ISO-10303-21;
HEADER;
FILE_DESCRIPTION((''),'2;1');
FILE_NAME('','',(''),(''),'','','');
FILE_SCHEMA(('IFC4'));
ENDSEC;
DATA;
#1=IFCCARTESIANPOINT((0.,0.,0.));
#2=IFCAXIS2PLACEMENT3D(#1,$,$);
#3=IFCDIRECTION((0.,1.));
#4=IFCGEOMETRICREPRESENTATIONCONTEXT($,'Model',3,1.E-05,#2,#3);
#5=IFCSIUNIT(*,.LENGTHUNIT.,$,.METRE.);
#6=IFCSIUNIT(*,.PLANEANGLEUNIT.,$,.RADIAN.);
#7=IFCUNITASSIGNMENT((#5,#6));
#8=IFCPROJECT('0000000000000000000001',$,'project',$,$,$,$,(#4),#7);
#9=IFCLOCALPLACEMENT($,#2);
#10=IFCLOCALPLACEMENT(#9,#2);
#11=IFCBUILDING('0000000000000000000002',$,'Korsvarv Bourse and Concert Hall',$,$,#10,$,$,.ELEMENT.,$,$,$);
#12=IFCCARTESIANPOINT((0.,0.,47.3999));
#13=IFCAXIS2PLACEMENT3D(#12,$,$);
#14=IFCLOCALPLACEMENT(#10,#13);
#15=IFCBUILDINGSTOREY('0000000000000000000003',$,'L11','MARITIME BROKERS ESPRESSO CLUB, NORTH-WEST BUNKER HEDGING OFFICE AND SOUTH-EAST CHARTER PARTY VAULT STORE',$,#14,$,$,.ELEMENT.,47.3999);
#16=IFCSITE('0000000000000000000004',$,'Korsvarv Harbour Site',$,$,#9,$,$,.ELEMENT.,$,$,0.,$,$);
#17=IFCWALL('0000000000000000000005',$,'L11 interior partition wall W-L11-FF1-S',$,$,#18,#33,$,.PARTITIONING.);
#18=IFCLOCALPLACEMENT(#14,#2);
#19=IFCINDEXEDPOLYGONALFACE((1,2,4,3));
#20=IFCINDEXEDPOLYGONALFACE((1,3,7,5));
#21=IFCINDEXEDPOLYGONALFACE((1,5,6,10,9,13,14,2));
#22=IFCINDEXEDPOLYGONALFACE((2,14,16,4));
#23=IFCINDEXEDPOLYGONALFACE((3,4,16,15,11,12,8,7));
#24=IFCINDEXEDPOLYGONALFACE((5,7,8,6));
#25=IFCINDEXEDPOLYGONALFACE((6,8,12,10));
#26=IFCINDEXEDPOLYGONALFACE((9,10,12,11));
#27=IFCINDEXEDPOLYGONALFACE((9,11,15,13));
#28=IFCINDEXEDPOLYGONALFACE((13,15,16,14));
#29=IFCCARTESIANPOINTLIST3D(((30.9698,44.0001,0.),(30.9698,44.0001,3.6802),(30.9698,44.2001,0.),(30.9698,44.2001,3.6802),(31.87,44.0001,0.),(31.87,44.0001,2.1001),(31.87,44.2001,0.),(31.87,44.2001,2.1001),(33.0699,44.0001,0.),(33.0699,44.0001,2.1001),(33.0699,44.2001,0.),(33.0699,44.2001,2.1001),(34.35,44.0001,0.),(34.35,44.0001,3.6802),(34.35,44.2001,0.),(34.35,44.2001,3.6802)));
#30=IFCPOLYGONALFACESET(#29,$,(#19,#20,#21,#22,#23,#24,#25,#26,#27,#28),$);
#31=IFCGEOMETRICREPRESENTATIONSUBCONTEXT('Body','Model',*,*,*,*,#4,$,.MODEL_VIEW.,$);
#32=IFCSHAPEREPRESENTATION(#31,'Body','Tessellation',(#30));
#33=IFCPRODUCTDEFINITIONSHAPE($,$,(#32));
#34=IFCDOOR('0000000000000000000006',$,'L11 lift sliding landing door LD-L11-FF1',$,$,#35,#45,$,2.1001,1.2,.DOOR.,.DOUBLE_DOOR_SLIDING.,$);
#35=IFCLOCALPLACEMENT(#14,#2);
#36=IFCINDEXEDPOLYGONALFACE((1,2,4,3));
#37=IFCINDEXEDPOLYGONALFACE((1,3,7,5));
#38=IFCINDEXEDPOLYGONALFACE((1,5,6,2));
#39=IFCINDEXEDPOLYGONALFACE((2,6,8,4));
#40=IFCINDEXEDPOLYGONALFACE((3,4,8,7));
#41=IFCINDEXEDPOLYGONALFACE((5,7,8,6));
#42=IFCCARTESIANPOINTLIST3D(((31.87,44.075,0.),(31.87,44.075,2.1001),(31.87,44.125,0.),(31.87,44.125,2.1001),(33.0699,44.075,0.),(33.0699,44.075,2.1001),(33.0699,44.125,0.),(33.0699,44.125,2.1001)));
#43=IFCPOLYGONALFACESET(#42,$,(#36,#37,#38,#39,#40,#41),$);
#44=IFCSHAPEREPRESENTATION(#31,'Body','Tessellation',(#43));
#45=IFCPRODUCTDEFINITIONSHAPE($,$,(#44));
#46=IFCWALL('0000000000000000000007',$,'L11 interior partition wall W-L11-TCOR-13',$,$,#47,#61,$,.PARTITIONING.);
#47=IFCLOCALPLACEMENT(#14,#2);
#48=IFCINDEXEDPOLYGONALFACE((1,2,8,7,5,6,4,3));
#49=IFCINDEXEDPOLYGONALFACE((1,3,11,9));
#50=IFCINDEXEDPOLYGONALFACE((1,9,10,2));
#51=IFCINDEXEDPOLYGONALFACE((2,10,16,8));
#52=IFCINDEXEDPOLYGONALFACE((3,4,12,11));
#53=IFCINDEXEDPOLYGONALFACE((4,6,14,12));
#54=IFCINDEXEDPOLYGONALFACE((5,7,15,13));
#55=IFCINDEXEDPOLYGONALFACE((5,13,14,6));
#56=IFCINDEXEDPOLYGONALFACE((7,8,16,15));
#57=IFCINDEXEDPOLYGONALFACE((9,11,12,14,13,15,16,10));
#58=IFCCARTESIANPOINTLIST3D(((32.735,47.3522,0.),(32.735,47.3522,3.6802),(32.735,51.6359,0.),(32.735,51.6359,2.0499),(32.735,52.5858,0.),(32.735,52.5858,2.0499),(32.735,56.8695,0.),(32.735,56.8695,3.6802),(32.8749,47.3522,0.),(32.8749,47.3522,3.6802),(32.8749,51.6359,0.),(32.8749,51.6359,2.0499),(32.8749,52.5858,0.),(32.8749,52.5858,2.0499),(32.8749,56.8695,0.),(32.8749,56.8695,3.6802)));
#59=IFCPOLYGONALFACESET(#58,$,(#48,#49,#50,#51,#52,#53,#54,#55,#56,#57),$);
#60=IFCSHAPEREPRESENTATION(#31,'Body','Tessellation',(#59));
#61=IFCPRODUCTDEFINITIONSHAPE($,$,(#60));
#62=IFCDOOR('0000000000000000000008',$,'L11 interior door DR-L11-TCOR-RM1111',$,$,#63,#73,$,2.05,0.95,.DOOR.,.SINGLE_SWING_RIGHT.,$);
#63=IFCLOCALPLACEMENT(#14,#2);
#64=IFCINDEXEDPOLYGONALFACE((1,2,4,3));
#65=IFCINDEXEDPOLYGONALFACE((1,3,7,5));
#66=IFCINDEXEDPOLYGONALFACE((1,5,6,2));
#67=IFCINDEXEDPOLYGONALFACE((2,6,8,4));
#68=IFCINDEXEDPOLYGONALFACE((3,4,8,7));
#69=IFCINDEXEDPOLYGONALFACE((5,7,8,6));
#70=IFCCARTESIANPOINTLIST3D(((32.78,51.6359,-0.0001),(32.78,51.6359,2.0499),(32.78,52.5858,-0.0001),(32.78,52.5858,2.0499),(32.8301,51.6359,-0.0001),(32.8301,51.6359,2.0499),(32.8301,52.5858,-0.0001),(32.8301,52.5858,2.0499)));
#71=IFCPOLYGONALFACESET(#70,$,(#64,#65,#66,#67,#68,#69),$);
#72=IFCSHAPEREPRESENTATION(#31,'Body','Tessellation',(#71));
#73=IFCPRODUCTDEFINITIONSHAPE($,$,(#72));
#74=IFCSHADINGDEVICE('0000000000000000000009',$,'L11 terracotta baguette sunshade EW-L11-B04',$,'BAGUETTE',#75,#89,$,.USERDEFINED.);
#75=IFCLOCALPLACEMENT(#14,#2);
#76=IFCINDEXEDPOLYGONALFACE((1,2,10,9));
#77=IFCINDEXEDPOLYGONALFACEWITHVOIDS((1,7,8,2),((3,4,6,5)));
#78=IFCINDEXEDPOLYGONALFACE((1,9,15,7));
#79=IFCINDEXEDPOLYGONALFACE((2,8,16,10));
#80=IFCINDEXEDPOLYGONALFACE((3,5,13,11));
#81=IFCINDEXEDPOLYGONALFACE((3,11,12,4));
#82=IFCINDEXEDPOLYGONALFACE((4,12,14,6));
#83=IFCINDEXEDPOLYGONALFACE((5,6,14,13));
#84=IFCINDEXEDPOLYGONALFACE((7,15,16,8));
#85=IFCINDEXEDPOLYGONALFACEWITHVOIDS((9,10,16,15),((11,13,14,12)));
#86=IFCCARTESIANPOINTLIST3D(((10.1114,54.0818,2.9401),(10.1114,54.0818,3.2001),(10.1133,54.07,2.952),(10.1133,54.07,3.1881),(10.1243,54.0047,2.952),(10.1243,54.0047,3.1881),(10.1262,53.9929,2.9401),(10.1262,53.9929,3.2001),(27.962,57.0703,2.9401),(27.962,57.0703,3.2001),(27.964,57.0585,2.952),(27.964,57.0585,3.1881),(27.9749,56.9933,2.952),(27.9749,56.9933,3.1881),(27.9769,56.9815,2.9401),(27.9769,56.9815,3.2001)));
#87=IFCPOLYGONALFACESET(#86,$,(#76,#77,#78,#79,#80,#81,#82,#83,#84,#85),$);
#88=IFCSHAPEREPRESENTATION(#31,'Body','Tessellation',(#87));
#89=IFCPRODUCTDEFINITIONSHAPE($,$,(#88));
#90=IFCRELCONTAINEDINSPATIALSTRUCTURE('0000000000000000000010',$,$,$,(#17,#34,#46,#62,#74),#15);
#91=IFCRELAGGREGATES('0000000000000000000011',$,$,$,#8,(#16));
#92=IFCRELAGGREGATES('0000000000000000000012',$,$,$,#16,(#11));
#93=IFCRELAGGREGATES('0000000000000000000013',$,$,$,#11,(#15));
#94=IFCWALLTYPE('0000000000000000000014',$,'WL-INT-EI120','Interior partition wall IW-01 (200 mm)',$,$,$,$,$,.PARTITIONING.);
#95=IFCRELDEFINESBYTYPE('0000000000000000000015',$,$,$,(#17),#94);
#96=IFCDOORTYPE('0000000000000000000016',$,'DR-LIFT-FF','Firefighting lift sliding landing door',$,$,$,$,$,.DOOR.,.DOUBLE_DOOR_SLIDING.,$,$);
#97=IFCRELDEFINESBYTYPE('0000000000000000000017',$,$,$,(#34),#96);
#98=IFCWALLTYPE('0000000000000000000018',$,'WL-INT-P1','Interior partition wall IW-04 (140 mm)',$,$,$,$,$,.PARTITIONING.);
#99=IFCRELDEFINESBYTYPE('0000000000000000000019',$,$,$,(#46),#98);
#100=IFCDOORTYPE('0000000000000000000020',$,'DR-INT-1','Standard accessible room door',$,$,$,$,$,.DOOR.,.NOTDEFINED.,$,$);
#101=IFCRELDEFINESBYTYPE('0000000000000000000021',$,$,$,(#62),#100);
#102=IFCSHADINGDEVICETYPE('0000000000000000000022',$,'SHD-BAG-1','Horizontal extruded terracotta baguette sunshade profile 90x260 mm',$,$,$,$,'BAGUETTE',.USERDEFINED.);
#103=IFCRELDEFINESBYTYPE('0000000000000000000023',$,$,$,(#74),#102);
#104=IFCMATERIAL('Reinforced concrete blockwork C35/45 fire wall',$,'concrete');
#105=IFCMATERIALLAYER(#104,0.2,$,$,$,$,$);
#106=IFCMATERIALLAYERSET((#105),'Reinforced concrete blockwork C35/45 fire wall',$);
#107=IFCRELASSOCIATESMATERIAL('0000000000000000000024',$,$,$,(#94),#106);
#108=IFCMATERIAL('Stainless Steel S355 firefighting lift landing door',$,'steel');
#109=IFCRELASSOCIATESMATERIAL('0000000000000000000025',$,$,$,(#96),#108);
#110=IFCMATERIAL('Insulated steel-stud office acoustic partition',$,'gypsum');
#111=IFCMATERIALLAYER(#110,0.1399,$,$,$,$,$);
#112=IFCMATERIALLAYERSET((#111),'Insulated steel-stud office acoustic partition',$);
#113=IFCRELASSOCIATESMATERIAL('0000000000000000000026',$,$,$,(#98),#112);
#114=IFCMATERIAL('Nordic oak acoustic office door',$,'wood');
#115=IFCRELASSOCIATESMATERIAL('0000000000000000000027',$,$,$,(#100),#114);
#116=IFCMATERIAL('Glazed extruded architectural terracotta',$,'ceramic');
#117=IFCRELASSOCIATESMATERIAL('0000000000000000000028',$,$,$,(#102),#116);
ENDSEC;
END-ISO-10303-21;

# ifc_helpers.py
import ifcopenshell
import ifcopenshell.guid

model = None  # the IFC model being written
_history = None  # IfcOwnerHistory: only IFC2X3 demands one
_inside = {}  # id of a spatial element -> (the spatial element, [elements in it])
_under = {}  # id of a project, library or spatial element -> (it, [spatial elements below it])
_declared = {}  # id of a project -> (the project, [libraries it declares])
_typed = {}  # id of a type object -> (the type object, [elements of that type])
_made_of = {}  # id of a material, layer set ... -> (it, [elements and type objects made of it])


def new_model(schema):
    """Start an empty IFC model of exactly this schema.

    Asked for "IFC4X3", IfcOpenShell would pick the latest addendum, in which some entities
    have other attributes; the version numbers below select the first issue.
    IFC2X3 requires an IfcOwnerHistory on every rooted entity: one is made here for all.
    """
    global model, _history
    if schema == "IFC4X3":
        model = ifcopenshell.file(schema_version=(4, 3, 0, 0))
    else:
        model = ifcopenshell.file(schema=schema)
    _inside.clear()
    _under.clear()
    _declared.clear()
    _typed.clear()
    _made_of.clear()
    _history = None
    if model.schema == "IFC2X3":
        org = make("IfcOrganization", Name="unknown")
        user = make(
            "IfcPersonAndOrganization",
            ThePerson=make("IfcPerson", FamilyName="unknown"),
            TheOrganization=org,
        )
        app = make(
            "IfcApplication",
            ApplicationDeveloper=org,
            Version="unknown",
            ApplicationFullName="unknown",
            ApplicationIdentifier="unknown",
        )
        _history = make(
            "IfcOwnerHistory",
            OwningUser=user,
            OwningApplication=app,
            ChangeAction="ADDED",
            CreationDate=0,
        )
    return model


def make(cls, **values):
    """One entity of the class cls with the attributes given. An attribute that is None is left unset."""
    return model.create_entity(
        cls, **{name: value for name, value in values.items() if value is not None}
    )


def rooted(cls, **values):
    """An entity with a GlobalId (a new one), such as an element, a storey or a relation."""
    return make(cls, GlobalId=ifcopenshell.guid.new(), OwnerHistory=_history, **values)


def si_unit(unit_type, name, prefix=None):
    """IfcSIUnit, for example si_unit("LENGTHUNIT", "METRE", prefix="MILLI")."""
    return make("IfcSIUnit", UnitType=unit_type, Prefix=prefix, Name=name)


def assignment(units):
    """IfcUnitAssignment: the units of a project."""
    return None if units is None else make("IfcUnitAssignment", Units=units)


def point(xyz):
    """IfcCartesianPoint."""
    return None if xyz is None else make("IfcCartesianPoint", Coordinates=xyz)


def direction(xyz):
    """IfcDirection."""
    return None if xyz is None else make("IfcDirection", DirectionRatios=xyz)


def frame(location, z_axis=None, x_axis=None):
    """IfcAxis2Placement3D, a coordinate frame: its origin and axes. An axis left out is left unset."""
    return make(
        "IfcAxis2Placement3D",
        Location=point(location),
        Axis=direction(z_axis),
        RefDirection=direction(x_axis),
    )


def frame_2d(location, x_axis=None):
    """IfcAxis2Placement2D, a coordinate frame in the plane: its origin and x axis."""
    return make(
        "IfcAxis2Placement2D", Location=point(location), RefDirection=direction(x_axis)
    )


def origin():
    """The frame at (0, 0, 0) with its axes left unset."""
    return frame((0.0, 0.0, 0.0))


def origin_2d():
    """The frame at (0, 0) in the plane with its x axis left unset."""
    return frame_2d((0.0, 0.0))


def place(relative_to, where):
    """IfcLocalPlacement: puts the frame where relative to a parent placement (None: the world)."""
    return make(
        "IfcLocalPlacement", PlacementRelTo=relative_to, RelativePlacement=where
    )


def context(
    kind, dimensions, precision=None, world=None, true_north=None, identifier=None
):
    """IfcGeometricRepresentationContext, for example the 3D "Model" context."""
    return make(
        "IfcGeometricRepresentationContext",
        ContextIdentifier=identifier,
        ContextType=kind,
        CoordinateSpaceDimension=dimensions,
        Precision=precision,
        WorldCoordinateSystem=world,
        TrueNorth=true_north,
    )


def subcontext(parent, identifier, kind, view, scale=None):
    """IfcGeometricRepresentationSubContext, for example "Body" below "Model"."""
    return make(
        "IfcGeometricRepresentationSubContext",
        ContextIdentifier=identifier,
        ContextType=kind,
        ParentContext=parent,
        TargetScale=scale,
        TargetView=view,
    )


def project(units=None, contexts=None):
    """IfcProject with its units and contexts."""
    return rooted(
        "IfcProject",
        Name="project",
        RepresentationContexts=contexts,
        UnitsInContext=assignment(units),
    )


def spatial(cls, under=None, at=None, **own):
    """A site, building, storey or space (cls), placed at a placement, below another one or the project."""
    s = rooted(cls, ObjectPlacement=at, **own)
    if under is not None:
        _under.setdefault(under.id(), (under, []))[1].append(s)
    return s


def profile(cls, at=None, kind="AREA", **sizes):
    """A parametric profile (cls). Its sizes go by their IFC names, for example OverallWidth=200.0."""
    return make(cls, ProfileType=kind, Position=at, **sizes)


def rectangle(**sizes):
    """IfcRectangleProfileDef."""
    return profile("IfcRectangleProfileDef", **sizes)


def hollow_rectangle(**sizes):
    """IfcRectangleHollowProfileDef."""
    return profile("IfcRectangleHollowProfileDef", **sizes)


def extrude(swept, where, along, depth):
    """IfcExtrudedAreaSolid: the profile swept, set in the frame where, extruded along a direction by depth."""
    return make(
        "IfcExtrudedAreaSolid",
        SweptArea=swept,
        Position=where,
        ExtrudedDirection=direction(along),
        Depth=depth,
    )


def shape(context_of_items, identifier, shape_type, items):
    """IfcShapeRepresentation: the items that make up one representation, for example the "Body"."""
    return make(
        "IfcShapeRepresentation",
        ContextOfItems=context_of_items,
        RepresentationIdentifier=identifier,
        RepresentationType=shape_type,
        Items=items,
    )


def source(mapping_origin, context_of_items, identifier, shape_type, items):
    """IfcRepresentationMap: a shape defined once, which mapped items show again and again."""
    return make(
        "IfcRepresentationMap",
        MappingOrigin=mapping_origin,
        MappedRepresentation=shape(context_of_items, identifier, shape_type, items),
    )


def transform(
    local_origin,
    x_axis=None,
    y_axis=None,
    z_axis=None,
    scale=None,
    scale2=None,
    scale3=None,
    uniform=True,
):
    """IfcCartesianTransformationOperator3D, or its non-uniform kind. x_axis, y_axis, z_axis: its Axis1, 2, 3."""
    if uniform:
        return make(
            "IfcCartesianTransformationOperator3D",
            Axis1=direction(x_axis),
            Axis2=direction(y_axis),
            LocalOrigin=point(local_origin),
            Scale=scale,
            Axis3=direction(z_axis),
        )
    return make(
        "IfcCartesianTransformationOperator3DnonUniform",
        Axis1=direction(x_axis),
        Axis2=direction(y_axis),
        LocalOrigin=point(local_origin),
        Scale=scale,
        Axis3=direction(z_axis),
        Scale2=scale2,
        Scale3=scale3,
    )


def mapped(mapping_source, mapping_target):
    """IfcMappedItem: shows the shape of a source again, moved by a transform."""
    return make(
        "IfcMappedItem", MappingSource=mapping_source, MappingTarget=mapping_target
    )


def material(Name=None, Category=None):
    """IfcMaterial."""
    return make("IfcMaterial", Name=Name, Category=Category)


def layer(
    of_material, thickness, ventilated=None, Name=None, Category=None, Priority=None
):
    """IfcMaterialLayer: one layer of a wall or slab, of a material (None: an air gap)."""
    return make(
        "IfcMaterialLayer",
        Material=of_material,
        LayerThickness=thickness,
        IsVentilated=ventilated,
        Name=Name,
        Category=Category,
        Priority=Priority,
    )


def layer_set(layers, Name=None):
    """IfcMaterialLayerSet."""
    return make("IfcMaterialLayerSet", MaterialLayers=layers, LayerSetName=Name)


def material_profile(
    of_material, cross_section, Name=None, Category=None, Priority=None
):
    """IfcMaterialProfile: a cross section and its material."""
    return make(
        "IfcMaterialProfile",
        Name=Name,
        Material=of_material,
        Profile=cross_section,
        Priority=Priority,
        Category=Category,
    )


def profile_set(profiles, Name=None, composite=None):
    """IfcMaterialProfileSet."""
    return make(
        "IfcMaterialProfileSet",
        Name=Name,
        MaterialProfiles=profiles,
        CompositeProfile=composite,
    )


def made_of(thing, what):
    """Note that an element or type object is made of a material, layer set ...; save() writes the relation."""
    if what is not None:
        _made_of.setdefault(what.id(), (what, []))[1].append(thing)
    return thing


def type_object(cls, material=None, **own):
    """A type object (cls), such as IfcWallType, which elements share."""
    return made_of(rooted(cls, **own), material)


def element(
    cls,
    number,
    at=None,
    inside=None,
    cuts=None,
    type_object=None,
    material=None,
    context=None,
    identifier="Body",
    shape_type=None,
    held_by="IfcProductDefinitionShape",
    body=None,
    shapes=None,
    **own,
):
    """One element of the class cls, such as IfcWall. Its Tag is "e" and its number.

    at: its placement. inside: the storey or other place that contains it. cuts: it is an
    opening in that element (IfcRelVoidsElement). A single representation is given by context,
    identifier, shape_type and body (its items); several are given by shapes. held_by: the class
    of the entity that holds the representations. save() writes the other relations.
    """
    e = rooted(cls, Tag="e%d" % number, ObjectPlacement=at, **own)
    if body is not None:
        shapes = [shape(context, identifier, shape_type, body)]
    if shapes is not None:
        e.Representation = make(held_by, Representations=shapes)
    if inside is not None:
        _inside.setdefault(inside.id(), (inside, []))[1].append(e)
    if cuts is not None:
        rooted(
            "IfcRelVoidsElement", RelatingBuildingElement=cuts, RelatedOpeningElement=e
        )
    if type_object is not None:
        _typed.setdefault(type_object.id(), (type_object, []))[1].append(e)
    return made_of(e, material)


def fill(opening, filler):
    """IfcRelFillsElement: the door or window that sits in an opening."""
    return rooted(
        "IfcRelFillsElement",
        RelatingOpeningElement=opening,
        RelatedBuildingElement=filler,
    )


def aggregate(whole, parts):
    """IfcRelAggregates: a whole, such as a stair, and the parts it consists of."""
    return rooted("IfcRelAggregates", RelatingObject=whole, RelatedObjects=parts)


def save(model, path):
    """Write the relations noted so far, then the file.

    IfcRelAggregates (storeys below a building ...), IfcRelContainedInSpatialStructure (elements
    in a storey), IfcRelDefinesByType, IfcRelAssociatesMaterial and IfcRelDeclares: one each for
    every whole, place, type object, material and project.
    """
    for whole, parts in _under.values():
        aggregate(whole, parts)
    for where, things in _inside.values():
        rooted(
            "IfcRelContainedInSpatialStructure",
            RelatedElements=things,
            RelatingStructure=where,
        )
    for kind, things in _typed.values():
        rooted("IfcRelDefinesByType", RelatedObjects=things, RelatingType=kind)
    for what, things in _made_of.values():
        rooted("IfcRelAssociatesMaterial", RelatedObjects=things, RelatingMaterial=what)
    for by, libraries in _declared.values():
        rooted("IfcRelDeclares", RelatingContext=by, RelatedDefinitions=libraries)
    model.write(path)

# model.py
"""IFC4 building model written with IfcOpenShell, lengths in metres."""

from ifc_helpers import new_model, si_unit, direction, frame, frame_2d, origin, origin_2d, place, context, subcontext, project, spatial, rectangle, hollow_rectangle, extrude, source, transform, mapped, material, layer, layer_set, material_profile, profile_set, type_object, element, fill, save


model = new_model("IFC4")

# Units and contexts
model_context = context("Model", 3, precision=1e-05, world=origin(), true_north=direction((0.0, 1.0)))
body_context = subcontext(model_context, "Body", "Model", "MODEL_VIEW")
ifc_project = project(units=[si_unit("LENGTHUNIT", "METRE"), si_unit("PLANEANGLEUNIT", "RADIAN")], contexts=[model_context])

# Site, building, storey
site_placement = place(None, origin())
site = spatial("IfcSite", under=ifc_project, at=site_placement, Name="Korsvarv Harbour Site", CompositionType="ELEMENT", RefElevation=0.0)
building_placement = place(site_placement, origin())
building = spatial("IfcBuilding", under=site, at=building_placement, Name="Korsvarv Bourse and Concert Hall", CompositionType="ELEMENT")
storey_placement = place(building_placement, frame((0.0, 0.0, 47.3999)))
storey = spatial("IfcBuildingStorey", under=building, at=storey_placement, Name="L11", Description="MARITIME BROKERS ESPRESSO CLUB, NORTH-WEST BUNKER HEDGING OFFICE AND SOUTH-EAST CHARTER PARTY VAULT STORE", CompositionType="ELEMENT", Elevation=47.3999)

# Walls, openings, doors
ifc_material_1 = material(Name="Reinforced concrete blockwork C35/45 fire wall", Category="concrete")
ifc_layer_1 = layer(ifc_material_1, 0.2)
ifc_layer_set_1 = layer_set([ifc_layer_1], Name="Reinforced concrete blockwork C35/45 fire wall")
wall_type_1 = type_object("IfcWallType", Name="WL-INT-EI120", Description="Interior partition wall IW-01 (200 mm)", PredefinedType="PARTITIONING", material=ifc_layer_set_1)
wall_1_placement = place(storey_placement, frame((30.97, 44.1001, 0.0), z_axis=(0.0, 0.0, 1.0), x_axis=(1.0, 0.0, 0.0)))
wall_1 = element("IfcWall", 1, at=wall_1_placement, inside=storey, type_object=wall_type_1, Name="L11 interior partition wall W-L11-FF1-S", PredefinedType="PARTITIONING", context=body_context, shape_type="SweptSolid", body=[
    extrude(rectangle(XDim=3.3801, YDim=0.2, at=frame_2d((1.6899, 0.0))), origin(), (0.0, 0.0, 1.0), 3.6802),
])
opening_1_placement = place(wall_1_placement, frame((0.8999, 0.0, 0.0)))
opening_1 = element("IfcOpeningElement", 2, at=opening_1_placement, cuts=wall_1, PredefinedType="OPENING", context=body_context, shape_type="SweptSolid", body=[
    extrude(rectangle(XDim=1.2, YDim=2.1001, at=frame_2d((0.6001, 1.05))), frame((0.0, 0.1099, 0.0), z_axis=(0.0, -1.0, 0.0), x_axis=(1.0, 0.0, 0.0)), (0.0, 0.0, 1.0), 0.22),
])
ifc_material_2 = material(Name="Stainless Steel S355 firefighting lift landing door", Category="steel")
door_type_1 = type_object("IfcDoorType", Name="DR-LIFT-FF", Description="Firefighting lift sliding landing door", OperationType="DOUBLE_DOOR_SLIDING", PredefinedType="DOOR", material=ifc_material_2)
door_1_placement = place(opening_1_placement, origin())
door_1 = element("IfcDoor", 3, at=door_1_placement, inside=storey, type_object=door_type_1, Name="L11 lift sliding landing door LD-L11-FF1", OperationType="DOUBLE_DOOR_SLIDING", OverallHeight=2.1001, OverallWidth=1.2, PredefinedType="DOOR", context=body_context, shape_type="SweptSolid", body=[
    extrude(rectangle(XDim=1.2, YDim=2.1001, at=frame_2d((0.6001, 1.05))), frame((0.0, 0.0249, 0.0), z_axis=(0.0, -1.0, 0.0), x_axis=(1.0, 0.0, 0.0)), (0.0, 0.0, 1.0), 0.05),
])
fill(opening_1, door_1)
ifc_material_3 = material(Name="Insulated steel-stud office acoustic partition", Category="gypsum")
ifc_layer_2 = layer(ifc_material_3, 0.1399)
ifc_layer_set_2 = layer_set([ifc_layer_2], Name="Insulated steel-stud office acoustic partition")
wall_type_2 = type_object("IfcWallType", Name="WL-INT-P1", Description="Interior partition wall IW-04 (140 mm)", PredefinedType="PARTITIONING", material=ifc_layer_set_2)
wall_2_placement = place(storey_placement, frame((32.8049, 47.3521, 0.0), z_axis=(0.0, 0.0, 1.0), x_axis=(0.0, 1.0, 0.0)))
wall_2 = element("IfcWall", 4, at=wall_2_placement, inside=storey, type_object=wall_type_2, Name="L11 interior partition wall W-L11-TCOR-13", PredefinedType="PARTITIONING", context=body_context, shape_type="SweptSolid", body=[
    extrude(rectangle(XDim=9.5173, YDim=0.1399, at=frame_2d((4.7588, 0.0))), origin(), (0.0, 0.0, 1.0), 3.6802),
])
opening_2_placement = place(wall_2_placement, frame((4.2837, 0.0, 0.0)))
opening_2 = element("IfcOpeningElement", 5, at=opening_2_placement, cuts=wall_2, PredefinedType="OPENING", context=body_context, shape_type="SweptSolid", body=[
    extrude(rectangle(XDim=0.95, YDim=2.05, at=frame_2d((0.4751, 1.0249))), frame((0.0, 0.0801, 0.0), z_axis=(0.0, -1.0, 0.0), x_axis=(1.0, 0.0, 0.0)), (0.0, 0.0, 1.0), 0.1599),
])
ifc_material_4 = material(Name="Nordic oak acoustic office door", Category="wood")
door_type_2 = type_object("IfcDoorType", Name="DR-INT-1", Description="Standard accessible room door", OperationType="NOTDEFINED", PredefinedType="DOOR", material=ifc_material_4)
door_2_placement = place(opening_2_placement, origin())
door_2 = element("IfcDoor", 6, at=door_2_placement, inside=storey, type_object=door_type_2, Name="L11 interior door DR-L11-TCOR-RM1111", OperationType="SINGLE_SWING_RIGHT", OverallHeight=2.05, OverallWidth=0.95, PredefinedType="DOOR", context=body_context, shape_type="SweptSolid", body=[
    extrude(rectangle(XDim=0.95, YDim=2.05, at=frame_2d((0.4751, 1.0249))), frame((0.0, 0.0249, 0.0), z_axis=(0.0, -1.0, 0.0), x_axis=(1.0, 0.0, 0.0)), (0.0, 0.0, 1.0), 0.05),
])
fill(opening_2, door_2)

# Shading device
ifc_material_5 = material(Name="Glazed extruded architectural terracotta", Category="ceramic")
ifc_material_profile_1 = material_profile(ifc_material_5, hollow_rectangle(XDim=0.0901, YDim=0.26, WallThickness=0.012, at=origin_2d()), Name="TC-BAG 90x260")
ifc_profile_set_1 = profile_set([ifc_material_profile_1], Name="Glazed extruded architectural terracotta")
shading_device_type = type_object("IfcShadingDeviceType", Name="SHD-BAG-1", Description="Horizontal extruded terracotta baguette sunshade profile 90x260 mm", ElementType="BAGUETTE", PredefinedType="USERDEFINED", material=ifc_profile_set_1)
shared_shape_1 = source(origin(), body_context, "Body", "SweptSolid", [
    extrude(hollow_rectangle(XDim=0.0901, YDim=0.26, WallThickness=0.012, at=origin_2d()), origin(), (0.0, 0.0, 1.0), 18.0991),
])
shading_device_placement = place(storey_placement, frame((27.9695, 57.0259, 3.0701), z_axis=(-0.986273, -0.165121, 0.0), x_axis=(0.165121, -0.986273, 0.0)))
element("IfcShadingDevice", 7, at=shading_device_placement, inside=storey, type_object=shading_device_type, Name="L11 terracotta baguette sunshade EW-L11-B04", ObjectType="BAGUETTE", PredefinedType="USERDEFINED", context=body_context, shape_type="MappedRepresentation", body=[
    mapped(shared_shape_1, transform((0.0, 0.0, 0.0), scale=1.0)),
])

save(model, "model.ifc")
